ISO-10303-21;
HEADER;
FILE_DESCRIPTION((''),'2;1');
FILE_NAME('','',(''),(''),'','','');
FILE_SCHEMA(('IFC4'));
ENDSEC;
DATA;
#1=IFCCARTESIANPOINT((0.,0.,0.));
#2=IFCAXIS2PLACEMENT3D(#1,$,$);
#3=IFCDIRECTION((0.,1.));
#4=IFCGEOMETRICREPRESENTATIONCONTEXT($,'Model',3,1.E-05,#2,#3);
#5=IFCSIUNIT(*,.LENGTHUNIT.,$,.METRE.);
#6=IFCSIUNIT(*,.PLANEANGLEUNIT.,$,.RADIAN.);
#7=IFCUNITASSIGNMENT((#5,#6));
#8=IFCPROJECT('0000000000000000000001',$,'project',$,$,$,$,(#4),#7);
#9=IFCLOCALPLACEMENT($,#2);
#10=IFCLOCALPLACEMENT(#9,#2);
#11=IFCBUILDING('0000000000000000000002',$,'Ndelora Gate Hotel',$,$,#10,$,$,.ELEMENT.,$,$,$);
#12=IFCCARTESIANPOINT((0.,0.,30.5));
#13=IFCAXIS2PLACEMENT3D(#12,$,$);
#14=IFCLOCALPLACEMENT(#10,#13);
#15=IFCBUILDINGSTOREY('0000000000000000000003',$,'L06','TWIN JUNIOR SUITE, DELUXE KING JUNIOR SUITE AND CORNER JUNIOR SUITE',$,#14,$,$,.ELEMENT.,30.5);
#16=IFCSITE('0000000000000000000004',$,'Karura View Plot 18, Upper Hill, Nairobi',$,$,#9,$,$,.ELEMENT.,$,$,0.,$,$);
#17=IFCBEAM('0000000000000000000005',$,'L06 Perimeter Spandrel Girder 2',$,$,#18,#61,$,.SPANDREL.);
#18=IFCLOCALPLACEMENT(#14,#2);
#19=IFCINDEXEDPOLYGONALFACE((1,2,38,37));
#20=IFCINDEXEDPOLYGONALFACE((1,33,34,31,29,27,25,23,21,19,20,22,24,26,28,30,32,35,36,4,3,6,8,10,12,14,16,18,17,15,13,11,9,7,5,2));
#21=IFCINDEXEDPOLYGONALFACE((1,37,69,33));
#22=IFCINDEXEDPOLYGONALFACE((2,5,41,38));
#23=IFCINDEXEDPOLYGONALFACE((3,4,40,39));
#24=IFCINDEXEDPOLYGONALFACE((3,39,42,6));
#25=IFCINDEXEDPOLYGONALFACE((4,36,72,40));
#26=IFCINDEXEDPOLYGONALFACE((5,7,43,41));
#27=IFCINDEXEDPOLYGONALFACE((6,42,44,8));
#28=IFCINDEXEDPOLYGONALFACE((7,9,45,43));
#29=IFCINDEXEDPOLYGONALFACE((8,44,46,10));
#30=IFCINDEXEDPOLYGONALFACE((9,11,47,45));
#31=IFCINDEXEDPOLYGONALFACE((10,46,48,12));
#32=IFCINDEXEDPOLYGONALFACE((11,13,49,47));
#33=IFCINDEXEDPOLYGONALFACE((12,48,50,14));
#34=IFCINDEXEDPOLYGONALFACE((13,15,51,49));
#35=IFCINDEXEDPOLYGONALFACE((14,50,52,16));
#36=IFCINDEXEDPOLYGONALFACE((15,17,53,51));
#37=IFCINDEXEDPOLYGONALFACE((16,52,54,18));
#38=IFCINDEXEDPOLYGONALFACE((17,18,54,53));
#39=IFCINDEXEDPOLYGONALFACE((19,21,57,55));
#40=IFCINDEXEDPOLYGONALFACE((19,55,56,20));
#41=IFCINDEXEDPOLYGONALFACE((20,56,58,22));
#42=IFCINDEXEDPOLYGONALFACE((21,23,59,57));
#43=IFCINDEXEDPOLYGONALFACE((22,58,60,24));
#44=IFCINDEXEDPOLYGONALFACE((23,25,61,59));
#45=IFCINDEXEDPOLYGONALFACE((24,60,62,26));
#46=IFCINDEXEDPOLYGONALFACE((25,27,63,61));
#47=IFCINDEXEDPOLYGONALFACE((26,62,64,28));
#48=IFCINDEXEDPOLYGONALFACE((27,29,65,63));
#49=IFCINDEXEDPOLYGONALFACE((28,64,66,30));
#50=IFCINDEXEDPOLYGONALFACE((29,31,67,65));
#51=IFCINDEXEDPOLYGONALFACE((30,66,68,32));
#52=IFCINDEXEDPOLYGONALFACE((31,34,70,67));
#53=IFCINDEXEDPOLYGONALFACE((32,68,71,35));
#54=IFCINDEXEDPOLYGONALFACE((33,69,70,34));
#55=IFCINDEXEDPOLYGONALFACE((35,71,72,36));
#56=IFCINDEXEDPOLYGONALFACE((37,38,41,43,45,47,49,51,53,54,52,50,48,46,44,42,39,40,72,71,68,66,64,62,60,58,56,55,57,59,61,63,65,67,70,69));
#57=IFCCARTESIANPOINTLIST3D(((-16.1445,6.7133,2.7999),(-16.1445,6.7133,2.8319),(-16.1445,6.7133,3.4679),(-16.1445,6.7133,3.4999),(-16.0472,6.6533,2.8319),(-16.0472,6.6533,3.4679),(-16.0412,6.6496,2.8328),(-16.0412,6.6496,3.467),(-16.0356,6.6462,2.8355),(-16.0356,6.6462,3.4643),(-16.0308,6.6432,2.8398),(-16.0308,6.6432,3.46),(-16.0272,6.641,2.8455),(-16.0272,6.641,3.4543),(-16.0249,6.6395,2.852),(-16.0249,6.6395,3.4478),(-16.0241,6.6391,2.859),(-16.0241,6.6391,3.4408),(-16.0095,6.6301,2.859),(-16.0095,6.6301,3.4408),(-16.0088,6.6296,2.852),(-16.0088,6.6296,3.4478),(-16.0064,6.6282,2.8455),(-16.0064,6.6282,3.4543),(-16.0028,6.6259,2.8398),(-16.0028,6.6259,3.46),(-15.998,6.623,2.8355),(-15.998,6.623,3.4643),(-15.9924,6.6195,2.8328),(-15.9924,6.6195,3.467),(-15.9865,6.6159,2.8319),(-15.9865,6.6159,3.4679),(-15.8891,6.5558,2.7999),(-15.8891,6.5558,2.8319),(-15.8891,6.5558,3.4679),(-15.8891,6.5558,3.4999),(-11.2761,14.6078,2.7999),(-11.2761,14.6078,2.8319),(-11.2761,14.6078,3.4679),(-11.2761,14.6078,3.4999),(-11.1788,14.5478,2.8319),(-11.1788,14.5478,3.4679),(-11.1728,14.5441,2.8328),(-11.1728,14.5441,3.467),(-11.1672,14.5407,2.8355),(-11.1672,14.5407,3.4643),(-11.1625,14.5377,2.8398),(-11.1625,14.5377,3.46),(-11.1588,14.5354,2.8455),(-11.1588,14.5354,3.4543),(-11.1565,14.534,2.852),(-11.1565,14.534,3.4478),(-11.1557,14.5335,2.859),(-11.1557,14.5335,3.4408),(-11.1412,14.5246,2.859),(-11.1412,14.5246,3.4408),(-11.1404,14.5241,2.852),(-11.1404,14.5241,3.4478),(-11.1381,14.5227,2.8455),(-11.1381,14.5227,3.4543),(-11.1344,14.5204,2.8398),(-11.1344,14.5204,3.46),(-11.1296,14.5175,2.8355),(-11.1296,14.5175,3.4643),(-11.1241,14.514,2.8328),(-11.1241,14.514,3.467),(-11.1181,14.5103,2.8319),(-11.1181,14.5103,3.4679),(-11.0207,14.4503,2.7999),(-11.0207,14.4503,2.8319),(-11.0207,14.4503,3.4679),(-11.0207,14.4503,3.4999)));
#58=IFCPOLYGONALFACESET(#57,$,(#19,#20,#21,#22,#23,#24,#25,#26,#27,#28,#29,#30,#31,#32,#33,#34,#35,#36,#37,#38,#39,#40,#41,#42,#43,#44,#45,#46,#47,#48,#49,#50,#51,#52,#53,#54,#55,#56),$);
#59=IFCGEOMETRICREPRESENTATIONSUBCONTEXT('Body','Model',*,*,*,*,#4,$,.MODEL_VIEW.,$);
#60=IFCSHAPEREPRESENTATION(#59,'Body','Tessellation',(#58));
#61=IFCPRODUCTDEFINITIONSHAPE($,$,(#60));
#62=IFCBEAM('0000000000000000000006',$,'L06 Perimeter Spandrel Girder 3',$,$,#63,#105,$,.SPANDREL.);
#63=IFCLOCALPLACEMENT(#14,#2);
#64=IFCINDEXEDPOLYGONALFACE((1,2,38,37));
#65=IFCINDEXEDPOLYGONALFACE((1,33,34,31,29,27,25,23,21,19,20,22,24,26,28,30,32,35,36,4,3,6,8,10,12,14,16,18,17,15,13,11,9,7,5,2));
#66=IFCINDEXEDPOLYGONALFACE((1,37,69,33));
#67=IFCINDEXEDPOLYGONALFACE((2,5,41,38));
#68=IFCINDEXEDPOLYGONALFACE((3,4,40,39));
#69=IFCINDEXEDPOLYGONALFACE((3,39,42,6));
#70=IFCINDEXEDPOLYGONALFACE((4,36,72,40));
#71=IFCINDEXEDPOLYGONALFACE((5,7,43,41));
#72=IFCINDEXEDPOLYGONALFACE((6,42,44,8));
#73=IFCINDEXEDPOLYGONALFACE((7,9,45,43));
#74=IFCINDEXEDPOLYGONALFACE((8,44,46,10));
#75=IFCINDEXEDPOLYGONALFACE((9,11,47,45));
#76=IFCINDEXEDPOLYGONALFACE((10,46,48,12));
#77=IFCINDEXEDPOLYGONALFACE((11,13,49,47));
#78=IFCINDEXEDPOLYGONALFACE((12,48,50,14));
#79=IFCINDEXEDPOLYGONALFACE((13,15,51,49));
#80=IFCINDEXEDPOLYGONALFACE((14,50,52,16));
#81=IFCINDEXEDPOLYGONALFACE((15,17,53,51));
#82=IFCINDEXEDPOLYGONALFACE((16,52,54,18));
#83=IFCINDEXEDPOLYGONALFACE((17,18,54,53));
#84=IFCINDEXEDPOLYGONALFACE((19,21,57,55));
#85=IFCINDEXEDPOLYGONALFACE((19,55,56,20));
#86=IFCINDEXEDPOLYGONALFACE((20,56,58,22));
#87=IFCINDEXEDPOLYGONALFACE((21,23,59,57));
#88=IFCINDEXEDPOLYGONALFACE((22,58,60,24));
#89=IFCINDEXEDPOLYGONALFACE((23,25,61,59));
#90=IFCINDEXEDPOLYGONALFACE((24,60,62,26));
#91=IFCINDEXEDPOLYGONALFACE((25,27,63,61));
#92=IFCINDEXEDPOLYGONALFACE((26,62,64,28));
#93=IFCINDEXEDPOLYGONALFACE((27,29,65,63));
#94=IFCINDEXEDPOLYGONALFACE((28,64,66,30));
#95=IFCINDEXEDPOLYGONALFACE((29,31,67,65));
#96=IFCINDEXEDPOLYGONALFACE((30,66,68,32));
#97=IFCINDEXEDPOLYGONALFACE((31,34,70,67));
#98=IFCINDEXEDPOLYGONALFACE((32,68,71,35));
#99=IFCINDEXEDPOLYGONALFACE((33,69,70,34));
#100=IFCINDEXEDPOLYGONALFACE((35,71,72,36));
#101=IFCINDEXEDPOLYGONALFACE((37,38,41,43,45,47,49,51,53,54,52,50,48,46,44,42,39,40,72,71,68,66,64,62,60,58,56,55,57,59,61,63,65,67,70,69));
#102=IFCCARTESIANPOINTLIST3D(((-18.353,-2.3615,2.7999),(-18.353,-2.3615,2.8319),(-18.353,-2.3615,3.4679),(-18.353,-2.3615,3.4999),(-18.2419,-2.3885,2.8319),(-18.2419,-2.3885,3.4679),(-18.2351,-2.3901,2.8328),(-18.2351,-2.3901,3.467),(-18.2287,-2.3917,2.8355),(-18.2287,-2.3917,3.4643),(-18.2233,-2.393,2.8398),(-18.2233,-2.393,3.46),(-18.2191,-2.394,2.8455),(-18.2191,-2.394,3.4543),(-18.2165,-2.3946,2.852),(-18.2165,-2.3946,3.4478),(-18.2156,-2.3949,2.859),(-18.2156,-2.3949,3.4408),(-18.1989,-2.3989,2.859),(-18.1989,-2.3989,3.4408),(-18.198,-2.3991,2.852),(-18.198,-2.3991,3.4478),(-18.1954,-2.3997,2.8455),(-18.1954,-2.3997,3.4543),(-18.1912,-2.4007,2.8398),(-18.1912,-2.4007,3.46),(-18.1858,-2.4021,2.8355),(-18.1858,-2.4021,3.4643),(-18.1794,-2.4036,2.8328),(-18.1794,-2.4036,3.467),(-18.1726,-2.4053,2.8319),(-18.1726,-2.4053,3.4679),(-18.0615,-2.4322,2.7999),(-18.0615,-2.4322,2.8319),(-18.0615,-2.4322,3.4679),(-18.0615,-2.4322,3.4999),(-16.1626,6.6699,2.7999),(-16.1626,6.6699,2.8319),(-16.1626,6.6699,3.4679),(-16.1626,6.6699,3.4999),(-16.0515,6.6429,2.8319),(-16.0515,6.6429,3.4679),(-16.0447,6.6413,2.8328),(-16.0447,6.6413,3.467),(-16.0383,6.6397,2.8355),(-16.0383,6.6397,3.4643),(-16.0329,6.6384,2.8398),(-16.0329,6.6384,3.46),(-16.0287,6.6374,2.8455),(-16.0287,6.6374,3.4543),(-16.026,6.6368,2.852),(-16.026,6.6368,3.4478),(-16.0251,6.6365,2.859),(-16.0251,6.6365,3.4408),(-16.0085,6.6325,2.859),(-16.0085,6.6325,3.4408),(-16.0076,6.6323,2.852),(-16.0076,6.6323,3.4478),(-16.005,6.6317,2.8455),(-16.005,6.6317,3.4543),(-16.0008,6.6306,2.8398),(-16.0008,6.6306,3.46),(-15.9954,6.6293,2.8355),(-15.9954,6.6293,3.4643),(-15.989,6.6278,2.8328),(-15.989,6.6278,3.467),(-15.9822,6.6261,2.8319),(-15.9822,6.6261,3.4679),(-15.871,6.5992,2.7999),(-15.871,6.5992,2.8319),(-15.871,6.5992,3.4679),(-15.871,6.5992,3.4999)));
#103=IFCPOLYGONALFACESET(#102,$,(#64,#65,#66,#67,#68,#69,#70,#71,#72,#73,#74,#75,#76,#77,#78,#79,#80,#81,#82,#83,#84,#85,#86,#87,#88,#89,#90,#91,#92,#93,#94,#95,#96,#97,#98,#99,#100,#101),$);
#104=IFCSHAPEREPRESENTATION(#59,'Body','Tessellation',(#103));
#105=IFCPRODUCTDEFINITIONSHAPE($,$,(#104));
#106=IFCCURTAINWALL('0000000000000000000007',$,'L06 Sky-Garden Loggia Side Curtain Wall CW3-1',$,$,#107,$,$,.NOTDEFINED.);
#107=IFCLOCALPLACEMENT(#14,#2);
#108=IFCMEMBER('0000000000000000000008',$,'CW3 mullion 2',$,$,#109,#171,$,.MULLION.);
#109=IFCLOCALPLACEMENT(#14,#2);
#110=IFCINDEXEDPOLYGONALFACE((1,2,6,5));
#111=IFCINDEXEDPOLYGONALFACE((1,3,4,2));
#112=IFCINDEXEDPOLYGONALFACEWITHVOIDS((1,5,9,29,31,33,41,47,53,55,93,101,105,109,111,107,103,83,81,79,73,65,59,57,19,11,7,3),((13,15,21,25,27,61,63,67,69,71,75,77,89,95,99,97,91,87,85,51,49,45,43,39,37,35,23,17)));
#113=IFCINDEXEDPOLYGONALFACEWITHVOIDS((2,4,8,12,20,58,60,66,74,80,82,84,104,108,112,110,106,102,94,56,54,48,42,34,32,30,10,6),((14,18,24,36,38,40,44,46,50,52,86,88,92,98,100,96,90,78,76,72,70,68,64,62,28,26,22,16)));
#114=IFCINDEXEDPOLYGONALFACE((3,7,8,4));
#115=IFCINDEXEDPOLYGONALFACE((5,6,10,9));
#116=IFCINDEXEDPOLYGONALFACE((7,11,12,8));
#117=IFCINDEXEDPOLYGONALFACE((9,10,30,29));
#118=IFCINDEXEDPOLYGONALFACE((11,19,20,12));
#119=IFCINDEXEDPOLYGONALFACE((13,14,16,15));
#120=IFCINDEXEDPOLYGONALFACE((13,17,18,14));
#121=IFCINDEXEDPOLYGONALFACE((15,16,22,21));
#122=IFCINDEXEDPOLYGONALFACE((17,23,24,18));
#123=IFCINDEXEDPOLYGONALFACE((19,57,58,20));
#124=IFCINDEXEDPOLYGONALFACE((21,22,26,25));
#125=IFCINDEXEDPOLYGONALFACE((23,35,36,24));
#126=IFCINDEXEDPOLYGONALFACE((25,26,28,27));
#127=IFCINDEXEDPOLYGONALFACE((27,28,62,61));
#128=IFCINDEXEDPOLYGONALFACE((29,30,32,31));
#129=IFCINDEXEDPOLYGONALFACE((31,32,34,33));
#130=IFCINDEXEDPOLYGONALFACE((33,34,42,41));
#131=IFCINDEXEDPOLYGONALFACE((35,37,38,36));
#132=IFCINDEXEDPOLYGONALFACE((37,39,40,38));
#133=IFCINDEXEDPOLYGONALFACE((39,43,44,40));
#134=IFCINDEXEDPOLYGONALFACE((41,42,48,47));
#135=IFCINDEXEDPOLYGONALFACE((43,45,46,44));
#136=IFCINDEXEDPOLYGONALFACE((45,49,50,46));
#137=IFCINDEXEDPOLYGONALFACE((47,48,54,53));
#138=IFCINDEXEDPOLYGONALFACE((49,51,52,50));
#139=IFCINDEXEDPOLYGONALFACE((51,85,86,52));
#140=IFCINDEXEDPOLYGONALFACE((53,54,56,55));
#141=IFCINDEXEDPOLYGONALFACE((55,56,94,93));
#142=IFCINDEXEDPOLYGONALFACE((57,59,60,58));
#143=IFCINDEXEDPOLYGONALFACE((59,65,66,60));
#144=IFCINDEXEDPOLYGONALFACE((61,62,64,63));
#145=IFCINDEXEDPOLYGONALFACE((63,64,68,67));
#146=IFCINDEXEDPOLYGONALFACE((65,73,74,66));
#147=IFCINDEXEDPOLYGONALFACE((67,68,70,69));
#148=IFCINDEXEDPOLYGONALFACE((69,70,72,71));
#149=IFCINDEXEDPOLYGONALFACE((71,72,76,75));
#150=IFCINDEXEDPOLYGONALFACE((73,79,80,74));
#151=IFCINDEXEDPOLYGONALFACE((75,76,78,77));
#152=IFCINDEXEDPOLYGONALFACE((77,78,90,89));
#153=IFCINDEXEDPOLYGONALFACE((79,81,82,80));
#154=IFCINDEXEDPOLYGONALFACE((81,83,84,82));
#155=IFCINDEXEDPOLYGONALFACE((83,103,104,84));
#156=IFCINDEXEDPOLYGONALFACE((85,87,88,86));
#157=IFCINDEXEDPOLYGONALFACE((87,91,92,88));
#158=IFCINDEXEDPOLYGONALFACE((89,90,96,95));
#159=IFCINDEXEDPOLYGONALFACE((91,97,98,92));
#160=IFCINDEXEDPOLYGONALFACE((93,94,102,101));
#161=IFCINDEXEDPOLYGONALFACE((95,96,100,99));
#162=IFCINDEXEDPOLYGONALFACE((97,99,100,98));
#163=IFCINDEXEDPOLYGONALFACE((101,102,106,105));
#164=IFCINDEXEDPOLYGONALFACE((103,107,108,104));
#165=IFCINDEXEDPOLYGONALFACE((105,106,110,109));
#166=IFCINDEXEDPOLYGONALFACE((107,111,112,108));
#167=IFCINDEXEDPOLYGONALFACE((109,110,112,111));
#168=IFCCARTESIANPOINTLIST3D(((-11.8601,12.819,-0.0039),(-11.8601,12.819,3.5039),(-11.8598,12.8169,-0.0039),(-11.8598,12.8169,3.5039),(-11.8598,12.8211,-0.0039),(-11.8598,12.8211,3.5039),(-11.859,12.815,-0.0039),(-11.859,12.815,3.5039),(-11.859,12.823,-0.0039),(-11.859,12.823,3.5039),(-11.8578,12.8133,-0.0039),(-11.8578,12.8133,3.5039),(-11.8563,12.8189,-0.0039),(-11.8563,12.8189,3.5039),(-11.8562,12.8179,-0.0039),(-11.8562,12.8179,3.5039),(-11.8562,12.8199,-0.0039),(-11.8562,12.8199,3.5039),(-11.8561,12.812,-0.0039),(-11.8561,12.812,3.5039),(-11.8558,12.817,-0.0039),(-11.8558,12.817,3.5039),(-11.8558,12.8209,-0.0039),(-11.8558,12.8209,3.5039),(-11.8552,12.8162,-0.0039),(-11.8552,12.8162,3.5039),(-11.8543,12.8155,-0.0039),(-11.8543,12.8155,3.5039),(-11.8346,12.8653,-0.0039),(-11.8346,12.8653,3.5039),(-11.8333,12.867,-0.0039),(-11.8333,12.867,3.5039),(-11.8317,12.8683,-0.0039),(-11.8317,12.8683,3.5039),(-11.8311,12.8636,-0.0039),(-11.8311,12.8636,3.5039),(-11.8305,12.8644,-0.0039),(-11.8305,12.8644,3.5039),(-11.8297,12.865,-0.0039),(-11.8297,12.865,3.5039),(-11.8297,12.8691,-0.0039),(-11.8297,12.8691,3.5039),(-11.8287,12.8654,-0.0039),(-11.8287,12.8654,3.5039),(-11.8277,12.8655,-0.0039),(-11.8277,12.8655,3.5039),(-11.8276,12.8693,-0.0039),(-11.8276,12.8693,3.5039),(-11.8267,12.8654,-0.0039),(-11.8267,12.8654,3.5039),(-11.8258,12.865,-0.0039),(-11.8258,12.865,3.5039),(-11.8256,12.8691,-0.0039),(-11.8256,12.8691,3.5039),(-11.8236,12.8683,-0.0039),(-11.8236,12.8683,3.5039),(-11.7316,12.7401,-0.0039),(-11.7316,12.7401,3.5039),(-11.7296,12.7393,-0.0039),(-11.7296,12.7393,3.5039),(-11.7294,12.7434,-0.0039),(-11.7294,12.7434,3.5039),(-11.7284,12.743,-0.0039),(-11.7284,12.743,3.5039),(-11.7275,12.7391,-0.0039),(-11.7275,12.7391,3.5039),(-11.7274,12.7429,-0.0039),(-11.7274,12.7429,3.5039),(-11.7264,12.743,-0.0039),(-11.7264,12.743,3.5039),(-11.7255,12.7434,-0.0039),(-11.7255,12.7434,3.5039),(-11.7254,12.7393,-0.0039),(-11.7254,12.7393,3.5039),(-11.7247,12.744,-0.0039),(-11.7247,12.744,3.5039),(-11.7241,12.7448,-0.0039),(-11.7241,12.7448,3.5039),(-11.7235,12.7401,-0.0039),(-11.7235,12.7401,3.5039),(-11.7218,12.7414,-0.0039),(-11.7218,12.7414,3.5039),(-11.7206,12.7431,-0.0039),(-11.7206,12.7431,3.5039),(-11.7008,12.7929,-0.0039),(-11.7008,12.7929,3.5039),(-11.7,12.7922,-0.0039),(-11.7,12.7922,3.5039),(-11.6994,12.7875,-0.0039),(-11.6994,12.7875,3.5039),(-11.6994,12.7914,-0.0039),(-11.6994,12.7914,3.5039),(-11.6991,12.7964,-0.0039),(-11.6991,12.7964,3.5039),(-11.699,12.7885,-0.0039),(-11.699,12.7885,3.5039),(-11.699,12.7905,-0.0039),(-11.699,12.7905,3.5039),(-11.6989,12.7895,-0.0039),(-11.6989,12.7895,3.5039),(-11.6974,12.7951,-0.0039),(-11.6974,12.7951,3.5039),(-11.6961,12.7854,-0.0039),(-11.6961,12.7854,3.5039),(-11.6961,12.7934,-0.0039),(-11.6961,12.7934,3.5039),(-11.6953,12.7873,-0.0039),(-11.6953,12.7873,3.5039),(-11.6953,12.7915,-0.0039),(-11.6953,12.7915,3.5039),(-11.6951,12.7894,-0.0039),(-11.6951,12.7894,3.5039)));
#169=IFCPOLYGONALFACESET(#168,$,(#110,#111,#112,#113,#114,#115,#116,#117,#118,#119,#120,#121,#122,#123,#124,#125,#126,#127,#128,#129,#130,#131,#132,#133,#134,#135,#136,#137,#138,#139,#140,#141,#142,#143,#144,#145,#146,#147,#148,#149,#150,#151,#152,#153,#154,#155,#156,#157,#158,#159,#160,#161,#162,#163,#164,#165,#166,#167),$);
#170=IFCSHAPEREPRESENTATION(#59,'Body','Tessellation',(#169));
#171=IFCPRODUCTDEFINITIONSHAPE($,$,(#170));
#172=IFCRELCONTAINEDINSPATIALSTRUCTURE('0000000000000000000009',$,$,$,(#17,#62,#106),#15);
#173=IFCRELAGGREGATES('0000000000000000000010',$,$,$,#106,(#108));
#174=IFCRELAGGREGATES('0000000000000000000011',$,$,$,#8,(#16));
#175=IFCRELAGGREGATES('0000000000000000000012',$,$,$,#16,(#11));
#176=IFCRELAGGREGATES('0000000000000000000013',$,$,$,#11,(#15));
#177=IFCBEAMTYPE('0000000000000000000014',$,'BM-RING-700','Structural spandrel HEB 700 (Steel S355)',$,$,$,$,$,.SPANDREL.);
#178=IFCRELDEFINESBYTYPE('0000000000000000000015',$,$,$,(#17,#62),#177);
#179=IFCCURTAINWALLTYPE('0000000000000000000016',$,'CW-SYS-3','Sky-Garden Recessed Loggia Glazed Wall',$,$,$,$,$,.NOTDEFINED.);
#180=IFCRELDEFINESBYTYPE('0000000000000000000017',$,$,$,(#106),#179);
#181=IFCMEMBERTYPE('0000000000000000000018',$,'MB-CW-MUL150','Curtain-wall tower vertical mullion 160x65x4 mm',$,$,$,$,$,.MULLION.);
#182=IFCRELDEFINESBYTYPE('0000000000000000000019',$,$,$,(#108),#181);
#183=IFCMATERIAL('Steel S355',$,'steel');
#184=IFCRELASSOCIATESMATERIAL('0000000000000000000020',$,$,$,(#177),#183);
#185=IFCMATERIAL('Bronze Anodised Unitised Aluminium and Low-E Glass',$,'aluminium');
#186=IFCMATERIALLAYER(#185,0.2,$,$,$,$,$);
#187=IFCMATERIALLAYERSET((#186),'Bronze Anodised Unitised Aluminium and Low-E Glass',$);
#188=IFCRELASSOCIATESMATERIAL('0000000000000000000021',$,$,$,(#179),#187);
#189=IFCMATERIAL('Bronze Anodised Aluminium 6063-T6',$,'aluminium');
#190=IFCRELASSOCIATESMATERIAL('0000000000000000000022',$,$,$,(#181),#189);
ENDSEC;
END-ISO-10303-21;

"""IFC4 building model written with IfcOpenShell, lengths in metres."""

from ifc_helpers import new_model, si_unit, direction, frame, origin, origin_2d, place, context, subcontext, project, spatial, hollow_rectangle, i_section, extrude, material, layer, layer_set, material_profile, profile_set, type_object, element, aggregate, save


model = new_model("IFC4")

# Units and contexts
model_context = context("Model", 3, precision=1e-05, world=origin(), true_north=direction((0.0, 1.0)))
body_context = subcontext(model_context, "Body", "Model", "MODEL_VIEW")
ifc_project = project(units=[si_unit("LENGTHUNIT", "METRE"), si_unit("PLANEANGLEUNIT", "RADIAN")], contexts=[model_context])

# Site, building, storey
site_placement = place(None, origin())
site = spatial("IfcSite", under=ifc_project, at=site_placement, Name="Karura View Plot 18, Upper Hill, Nairobi", CompositionType="ELEMENT", RefElevation=0.0)
building_placement = place(site_placement, origin())
building = spatial("IfcBuilding", under=site, at=building_placement, Name="Ndelora Gate Hotel", CompositionType="ELEMENT")
storey_placement = place(building_placement, frame((0.0, 0.0, 30.5)))
storey = spatial("IfcBuildingStorey", under=building, at=storey_placement, Name="L06", Description="TWIN JUNIOR SUITE, DELUXE KING JUNIOR SUITE AND CORNER JUNIOR SUITE", CompositionType="ELEMENT", Elevation=30.5)

# Beams
ifc_material_1 = material(Name="Steel S355", Category="steel")
ifc_material_profile_1 = material_profile(ifc_material_1, i_section(OverallWidth=0.3, OverallDepth=0.7, WebThickness=0.0171, FlangeThickness=0.032, FilletRadius=0.0271, at=origin_2d()), Name="HEB 700")
ifc_profile_set_1 = profile_set([ifc_material_profile_1], Name="Steel S355")
beam_type_1 = type_object("IfcBeamType", Name="BM-RING-700", Description="Structural spandrel HEB 700 (Steel S355)", PredefinedType="SPANDREL", material=ifc_profile_set_1)
beam_1_placement = place(storey_placement, frame((-11.1484, 14.5291, 3.1499), z_axis=(-0.524898, -0.851165, 0.0), x_axis=(0.851165, -0.524898, 0.0)))
element("IfcBeam", 1, at=beam_1_placement, inside=storey, type_object=beam_type_1, Name="L06 Perimeter Spandrel Girder 2", PredefinedType="SPANDREL", context=body_context, shape_type="SweptSolid", body=[
    extrude(i_section(OverallWidth=0.3, OverallDepth=0.7, WebThickness=0.0171, FlangeThickness=0.032, FilletRadius=0.0271, at=origin_2d()), origin(), (0.0, 0.0, 1.0), 9.2749),
])
beam_2_placement = place(storey_placement, frame((-16.0168, 6.6345, 3.1499), z_axis=(-0.235699, -0.971826, 0.0), x_axis=(0.971826, -0.235699, 0.0)))
element("IfcBeam", 2, at=beam_2_placement, inside=storey, type_object=beam_type_1, Name="L06 Perimeter Spandrel Girder 3", PredefinedType="SPANDREL", context=body_context, shape_type="SweptSolid", body=[
    extrude(i_section(OverallWidth=0.3, OverallDepth=0.7, WebThickness=0.0171, FlangeThickness=0.032, FilletRadius=0.0271, at=origin_2d()), origin(), (0.0, 0.0, 1.0), 9.2932),
])

# Curtain wall, member
ifc_material_2 = material(Name="Bronze Anodised Unitised Aluminium and Low-E Glass", Category="aluminium")
ifc_layer_1 = layer(ifc_material_2, 0.2)
ifc_layer_set_1 = layer_set([ifc_layer_1], Name="Bronze Anodised Unitised Aluminium and Low-E Glass")
curtain_wall_type = type_object("IfcCurtainWallType", Name="CW-SYS-3", Description="Sky-Garden Recessed Loggia Glazed Wall", PredefinedType="NOTDEFINED", material=ifc_layer_set_1)
curtain_wall_placement = place(storey_placement, origin())
curtain_wall = element("IfcCurtainWall", 3, at=curtain_wall_placement, inside=storey, type_object=curtain_wall_type, Name="L06 Sky-Garden Loggia Side Curtain Wall CW3-1", PredefinedType="NOTDEFINED")
ifc_material_3 = material(Name="Bronze Anodised Aluminium 6063-T6", Category="aluminium")
ifc_material_profile_2 = material_profile(ifc_material_3, hollow_rectangle(XDim=0.0649, YDim=0.1599, WallThickness=0.0039, InnerFilletRadius=0.0039, OuterFilletRadius=0.0081, at=origin_2d()), Name="ALU 160x65x4")
ifc_profile_set_2 = profile_set([ifc_material_profile_2], Name="Bronze Anodised Aluminium 6063-T6")
member_type_1 = type_object("IfcMemberType", Name="MB-CW-MUL150", Description="Curtain-wall tower vertical mullion 160x65x4 mm", PredefinedType="MULLION", material=ifc_profile_set_2)
member_1_placement = place(storey_placement, frame((-11.7776, 12.8042, -0.0039), z_axis=(0.0, 0.0, 1.0), x_axis=(-0.499991, -0.86603, 0.0)))
member_1 = element("IfcMember", 4, at=member_1_placement, type_object=member_type_1, Name="CW3 mullion 2", PredefinedType="MULLION", context=body_context, shape_type="SweptSolid", body=[
    extrude(hollow_rectangle(XDim=0.0649, YDim=0.1599, WallThickness=0.0039, InnerFilletRadius=0.0039, OuterFilletRadius=0.0081, at=origin_2d()), origin(), (0.0, 0.0, 1.0), 3.5078),
])
aggregate(curtain_wall, [member_1])

save(model, "model.ifc")
